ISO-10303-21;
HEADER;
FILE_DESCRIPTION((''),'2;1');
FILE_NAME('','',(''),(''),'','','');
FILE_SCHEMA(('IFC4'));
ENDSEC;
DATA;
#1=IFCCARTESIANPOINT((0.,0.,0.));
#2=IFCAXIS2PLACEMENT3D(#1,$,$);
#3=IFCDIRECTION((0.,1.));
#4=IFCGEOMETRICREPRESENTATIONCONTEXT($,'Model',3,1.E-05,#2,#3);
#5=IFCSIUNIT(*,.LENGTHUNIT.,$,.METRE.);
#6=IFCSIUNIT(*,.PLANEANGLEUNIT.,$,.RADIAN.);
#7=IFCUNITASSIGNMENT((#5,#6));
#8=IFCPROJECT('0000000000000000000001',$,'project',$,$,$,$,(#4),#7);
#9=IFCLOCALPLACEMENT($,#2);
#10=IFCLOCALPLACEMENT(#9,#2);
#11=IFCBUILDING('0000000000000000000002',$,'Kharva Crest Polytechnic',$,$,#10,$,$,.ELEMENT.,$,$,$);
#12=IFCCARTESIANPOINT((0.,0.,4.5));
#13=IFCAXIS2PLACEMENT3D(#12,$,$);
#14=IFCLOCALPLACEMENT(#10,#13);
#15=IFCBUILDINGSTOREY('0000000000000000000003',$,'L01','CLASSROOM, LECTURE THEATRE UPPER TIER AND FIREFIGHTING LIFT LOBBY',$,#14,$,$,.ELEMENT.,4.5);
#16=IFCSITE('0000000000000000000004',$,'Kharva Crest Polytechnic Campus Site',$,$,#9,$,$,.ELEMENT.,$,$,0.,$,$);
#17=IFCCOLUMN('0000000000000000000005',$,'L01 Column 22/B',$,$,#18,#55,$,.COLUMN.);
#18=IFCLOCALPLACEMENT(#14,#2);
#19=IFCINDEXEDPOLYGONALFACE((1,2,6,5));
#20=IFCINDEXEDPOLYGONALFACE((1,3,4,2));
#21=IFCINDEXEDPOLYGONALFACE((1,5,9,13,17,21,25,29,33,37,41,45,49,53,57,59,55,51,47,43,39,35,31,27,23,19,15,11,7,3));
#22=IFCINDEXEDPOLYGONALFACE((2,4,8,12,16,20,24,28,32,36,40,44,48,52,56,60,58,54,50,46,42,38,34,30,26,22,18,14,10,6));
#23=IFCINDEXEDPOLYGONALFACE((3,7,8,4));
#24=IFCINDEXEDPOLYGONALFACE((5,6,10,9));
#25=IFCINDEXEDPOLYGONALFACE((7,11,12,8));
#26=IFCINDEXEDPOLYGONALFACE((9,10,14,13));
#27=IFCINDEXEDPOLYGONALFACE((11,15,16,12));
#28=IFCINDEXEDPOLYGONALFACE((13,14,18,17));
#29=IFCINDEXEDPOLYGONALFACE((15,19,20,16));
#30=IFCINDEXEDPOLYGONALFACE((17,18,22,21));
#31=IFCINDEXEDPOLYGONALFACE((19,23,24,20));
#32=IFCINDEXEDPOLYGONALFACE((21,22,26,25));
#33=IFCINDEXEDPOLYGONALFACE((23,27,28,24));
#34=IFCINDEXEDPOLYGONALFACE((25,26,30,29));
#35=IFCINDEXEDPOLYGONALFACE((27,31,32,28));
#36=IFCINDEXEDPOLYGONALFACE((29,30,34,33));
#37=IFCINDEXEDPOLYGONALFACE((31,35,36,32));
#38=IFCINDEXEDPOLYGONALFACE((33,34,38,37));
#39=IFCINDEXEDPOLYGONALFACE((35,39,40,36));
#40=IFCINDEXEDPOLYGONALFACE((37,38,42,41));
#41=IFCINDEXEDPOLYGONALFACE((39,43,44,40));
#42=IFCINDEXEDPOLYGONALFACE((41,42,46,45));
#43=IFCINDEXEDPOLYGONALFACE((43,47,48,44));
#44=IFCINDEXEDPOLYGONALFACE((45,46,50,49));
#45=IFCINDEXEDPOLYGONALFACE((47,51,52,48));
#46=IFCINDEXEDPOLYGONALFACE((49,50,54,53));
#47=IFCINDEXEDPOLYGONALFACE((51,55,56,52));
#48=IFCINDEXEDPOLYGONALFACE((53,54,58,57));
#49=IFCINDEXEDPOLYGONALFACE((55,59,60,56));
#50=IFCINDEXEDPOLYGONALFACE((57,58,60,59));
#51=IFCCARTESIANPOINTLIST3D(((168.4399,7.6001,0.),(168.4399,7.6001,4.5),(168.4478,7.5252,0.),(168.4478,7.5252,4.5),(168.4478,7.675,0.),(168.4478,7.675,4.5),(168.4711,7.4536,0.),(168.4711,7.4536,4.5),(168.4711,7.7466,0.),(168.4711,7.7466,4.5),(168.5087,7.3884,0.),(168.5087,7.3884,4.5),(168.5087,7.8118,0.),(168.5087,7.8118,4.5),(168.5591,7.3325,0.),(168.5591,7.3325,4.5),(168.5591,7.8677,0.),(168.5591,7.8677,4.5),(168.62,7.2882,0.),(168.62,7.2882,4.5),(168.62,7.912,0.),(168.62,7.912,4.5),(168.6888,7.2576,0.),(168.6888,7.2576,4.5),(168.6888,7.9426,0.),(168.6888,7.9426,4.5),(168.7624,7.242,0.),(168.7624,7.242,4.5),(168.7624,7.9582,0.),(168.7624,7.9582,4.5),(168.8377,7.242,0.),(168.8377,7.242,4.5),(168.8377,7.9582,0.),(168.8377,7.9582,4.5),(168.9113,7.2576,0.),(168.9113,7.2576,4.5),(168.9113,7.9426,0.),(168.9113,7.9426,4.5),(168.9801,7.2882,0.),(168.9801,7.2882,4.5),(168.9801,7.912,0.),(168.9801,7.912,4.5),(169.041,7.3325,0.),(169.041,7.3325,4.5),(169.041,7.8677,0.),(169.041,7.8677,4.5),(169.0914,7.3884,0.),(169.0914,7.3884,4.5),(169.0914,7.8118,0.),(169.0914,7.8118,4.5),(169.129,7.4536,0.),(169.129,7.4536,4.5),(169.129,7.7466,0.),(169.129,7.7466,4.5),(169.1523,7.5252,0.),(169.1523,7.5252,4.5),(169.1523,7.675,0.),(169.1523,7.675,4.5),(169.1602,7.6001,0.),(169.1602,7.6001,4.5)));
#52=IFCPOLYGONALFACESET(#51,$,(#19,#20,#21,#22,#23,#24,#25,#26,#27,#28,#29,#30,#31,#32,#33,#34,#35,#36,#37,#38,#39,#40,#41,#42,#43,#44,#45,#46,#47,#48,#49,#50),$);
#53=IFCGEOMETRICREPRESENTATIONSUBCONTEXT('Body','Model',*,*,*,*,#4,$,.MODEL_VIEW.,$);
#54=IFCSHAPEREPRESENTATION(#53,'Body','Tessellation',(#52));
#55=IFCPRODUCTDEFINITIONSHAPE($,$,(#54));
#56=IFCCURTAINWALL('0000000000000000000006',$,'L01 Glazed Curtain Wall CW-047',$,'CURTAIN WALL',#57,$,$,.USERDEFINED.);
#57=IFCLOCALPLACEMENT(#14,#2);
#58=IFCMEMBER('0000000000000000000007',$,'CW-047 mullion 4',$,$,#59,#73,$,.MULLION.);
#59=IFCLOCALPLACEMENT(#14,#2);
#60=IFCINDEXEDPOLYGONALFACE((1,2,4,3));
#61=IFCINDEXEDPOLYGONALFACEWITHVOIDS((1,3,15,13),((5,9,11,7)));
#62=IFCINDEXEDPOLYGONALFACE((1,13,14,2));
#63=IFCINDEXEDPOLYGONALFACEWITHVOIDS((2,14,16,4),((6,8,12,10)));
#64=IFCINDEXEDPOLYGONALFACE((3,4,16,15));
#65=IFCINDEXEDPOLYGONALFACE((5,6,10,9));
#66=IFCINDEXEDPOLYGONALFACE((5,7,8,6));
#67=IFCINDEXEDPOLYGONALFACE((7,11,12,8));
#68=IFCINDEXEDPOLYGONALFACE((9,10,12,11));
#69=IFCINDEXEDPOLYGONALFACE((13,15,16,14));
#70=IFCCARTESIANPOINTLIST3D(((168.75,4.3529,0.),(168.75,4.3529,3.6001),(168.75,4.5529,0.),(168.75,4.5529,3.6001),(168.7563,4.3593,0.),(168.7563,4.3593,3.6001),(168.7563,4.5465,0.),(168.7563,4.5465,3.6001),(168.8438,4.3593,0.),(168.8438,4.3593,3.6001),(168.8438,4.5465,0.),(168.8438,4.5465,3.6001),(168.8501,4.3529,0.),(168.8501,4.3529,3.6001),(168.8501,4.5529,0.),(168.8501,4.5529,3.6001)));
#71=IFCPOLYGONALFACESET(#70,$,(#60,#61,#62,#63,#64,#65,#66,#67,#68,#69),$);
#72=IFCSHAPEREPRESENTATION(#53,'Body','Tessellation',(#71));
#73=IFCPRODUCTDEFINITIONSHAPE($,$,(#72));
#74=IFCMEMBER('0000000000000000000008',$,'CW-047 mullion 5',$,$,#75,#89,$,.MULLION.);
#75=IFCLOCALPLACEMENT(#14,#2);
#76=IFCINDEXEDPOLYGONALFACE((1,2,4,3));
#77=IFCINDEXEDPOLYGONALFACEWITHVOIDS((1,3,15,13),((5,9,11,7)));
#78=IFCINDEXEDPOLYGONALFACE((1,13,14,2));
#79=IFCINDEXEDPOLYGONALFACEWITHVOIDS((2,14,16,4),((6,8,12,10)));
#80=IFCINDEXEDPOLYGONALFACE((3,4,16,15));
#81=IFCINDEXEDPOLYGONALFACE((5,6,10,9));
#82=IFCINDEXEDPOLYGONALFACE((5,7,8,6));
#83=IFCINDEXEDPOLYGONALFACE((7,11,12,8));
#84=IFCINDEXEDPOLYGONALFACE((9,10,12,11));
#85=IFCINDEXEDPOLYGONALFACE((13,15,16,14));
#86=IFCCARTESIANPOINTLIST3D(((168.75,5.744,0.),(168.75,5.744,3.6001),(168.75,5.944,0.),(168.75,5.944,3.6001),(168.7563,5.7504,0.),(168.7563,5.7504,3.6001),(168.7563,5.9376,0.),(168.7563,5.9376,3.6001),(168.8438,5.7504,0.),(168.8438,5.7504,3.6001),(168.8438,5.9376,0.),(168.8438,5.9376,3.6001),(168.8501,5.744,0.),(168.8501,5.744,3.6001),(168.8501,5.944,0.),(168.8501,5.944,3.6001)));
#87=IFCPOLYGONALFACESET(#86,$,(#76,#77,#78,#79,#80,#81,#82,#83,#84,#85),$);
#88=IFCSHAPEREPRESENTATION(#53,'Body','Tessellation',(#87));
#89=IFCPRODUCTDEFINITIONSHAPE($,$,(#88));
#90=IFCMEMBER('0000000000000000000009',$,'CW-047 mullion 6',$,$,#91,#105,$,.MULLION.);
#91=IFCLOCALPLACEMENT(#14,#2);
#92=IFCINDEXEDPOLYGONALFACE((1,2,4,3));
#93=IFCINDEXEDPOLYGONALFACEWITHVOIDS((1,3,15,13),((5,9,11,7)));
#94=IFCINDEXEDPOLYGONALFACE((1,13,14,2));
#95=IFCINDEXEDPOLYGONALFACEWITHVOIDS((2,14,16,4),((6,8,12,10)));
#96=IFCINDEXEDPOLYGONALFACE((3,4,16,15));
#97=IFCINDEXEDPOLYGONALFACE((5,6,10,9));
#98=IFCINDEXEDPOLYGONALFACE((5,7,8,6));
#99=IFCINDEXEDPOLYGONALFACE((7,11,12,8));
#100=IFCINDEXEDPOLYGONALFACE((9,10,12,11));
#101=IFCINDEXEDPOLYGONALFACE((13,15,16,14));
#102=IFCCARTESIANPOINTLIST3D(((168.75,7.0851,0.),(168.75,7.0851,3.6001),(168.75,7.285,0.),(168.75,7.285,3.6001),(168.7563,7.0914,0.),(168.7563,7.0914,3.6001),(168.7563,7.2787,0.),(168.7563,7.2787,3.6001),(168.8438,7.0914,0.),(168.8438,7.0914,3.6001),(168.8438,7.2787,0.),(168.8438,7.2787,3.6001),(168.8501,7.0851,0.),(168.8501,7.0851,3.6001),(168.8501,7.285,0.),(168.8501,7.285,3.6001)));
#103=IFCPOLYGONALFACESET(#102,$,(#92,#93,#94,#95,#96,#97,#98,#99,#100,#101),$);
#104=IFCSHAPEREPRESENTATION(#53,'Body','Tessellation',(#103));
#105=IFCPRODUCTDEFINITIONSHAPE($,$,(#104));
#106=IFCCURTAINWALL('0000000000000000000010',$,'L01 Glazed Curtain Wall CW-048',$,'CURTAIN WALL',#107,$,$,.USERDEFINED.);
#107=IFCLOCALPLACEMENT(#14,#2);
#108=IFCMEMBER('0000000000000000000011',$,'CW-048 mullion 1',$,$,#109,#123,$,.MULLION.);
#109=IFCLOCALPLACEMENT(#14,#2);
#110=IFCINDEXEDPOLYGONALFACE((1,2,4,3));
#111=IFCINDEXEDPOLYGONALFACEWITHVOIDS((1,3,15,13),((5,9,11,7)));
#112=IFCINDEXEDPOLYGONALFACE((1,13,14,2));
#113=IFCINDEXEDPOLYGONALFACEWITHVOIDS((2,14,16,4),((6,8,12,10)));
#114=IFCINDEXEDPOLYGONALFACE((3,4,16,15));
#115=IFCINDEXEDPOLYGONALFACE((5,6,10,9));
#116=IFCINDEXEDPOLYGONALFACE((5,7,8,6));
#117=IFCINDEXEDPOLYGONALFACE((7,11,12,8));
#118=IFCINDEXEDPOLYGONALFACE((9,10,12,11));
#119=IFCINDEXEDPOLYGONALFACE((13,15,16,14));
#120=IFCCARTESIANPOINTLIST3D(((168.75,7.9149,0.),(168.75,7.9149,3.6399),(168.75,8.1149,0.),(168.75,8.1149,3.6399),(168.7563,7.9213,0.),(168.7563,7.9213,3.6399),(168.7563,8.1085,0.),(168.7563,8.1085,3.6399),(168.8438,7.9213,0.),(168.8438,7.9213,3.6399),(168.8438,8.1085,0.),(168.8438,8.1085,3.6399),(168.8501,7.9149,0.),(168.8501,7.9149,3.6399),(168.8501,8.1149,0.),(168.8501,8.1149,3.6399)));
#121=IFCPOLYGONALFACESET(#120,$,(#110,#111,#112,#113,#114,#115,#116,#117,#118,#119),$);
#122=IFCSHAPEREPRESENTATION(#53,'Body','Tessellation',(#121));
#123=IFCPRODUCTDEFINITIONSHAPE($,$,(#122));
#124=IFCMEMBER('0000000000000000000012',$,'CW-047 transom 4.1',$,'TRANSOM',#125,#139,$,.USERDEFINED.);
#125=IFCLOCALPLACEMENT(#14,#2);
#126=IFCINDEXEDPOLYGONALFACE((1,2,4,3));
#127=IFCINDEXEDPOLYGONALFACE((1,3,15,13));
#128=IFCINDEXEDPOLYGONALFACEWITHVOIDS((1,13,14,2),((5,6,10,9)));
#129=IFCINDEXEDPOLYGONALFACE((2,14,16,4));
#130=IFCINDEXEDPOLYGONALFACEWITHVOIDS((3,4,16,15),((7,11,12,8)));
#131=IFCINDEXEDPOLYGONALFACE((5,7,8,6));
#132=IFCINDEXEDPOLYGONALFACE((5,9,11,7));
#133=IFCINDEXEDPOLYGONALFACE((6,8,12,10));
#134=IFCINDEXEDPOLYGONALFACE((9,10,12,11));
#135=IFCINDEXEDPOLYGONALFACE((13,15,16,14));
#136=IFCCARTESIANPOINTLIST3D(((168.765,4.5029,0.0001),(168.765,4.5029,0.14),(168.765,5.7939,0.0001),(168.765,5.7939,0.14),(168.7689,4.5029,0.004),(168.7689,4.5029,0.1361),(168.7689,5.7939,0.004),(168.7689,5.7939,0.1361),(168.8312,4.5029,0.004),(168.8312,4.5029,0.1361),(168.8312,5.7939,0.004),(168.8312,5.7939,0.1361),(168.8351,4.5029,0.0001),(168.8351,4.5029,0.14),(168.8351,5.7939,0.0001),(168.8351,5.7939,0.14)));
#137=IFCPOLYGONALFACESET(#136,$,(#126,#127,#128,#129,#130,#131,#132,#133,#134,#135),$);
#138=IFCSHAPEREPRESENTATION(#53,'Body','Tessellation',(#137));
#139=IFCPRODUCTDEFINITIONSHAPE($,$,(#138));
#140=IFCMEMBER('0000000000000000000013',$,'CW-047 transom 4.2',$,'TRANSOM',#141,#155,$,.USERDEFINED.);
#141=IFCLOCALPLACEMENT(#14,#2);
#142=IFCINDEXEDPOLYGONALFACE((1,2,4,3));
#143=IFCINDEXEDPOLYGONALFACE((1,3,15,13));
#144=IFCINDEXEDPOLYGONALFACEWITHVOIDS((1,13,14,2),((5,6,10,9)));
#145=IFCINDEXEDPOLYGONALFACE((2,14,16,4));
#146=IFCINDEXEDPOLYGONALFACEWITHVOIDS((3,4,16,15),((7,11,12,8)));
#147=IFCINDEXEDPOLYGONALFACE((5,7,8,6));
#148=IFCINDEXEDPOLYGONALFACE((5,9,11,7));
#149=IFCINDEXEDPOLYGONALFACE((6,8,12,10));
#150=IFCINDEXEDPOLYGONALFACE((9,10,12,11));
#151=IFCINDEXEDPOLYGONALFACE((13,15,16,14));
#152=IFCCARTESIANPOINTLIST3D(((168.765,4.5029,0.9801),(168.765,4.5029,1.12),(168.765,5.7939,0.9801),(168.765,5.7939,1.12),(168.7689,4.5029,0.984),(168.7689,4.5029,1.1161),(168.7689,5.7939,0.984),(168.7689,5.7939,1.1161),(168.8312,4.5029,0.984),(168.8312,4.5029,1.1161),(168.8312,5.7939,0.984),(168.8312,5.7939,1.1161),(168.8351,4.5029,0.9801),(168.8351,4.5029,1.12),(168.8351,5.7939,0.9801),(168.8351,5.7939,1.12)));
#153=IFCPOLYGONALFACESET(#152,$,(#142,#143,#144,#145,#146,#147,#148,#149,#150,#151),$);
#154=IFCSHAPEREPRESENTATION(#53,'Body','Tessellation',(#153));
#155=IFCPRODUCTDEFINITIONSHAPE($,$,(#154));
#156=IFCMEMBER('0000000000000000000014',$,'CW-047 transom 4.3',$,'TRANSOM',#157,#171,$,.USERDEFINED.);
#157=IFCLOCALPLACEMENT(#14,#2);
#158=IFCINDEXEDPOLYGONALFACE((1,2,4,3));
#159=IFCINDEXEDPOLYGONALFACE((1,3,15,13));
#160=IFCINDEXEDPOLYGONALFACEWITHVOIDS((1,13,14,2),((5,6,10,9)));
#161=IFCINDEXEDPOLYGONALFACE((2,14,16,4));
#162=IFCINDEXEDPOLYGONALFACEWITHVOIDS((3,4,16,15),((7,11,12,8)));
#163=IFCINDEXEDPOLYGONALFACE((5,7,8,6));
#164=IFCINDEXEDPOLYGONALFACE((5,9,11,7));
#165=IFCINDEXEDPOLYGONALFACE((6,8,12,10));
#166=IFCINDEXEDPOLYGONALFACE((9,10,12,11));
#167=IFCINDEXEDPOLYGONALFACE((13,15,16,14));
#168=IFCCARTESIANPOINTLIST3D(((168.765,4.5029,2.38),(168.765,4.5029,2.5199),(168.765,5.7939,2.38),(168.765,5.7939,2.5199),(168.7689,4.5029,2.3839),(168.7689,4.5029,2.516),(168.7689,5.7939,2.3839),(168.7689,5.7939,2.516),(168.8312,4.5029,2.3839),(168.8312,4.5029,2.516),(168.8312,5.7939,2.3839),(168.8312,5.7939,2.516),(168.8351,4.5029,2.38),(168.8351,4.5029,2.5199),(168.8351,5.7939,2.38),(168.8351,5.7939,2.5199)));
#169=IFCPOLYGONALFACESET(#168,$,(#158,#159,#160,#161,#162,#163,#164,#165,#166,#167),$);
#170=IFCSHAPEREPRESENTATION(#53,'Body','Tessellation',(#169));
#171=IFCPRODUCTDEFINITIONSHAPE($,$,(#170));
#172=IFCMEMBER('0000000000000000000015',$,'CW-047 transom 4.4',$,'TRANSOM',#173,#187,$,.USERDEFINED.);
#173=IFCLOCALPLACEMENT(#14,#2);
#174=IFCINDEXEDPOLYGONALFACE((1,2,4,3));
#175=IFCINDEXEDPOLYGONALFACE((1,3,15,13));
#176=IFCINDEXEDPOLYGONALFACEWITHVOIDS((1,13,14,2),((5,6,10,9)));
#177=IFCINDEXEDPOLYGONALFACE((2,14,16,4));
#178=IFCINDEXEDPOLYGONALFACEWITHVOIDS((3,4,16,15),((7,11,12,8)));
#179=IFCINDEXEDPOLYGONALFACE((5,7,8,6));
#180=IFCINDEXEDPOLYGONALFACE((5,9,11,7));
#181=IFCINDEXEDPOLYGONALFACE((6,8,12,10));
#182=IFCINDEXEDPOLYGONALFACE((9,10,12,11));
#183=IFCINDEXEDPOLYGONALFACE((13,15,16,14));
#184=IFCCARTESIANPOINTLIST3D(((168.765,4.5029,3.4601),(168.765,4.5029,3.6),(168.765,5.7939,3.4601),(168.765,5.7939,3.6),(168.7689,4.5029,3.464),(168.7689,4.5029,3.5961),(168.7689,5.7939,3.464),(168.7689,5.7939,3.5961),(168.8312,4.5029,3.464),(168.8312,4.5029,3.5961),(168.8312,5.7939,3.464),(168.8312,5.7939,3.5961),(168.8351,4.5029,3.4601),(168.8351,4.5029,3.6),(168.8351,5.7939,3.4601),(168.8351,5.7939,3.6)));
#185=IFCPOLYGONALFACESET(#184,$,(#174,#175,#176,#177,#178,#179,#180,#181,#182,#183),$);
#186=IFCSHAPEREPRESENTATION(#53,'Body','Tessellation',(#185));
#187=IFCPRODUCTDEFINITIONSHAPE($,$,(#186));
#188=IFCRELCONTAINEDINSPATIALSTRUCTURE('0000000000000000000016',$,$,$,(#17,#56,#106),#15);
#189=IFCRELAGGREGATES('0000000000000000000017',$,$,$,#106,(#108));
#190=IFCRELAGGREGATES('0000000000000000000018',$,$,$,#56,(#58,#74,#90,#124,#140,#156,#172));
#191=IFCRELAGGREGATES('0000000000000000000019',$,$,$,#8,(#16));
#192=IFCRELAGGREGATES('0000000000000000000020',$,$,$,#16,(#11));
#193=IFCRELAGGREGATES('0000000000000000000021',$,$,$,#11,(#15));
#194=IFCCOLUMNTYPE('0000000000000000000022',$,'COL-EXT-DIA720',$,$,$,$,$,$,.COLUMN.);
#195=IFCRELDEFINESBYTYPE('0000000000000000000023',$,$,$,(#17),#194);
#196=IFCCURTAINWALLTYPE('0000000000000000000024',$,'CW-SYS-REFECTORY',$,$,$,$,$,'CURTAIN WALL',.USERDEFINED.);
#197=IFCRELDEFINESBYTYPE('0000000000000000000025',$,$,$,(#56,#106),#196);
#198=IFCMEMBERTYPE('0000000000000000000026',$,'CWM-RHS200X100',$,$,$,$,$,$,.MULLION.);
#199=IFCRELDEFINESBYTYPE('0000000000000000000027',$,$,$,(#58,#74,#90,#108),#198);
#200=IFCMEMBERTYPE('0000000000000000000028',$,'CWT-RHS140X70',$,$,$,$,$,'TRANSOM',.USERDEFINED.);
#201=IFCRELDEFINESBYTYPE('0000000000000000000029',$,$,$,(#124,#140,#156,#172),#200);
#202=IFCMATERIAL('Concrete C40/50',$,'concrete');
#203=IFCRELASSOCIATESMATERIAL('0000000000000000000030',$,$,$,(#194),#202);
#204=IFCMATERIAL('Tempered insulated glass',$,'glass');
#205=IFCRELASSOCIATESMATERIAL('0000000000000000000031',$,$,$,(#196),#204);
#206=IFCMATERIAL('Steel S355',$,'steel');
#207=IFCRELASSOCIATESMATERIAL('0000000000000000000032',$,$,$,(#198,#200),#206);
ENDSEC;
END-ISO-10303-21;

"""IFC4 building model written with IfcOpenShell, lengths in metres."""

from ifc_helpers import new_model, si_unit, direction, frame, origin, origin_2d, place, context, subcontext, project, spatial, hollow_rectangle, circle, extrude, material, material_profile, profile_set, type_object, element, aggregate, save


model = new_model("IFC4")

# Units and contexts
model_context = context("Model", 3, precision=1e-05, world=origin(), true_north=direction((0.0, 1.0)))
body_context = subcontext(model_context, "Body", "Model", "MODEL_VIEW")
ifc_project = project(units=[si_unit("LENGTHUNIT", "METRE"), si_unit("PLANEANGLEUNIT", "RADIAN")], contexts=[model_context])

# Site, building, storey
site_placement = place(None, origin())
site = spatial("IfcSite", under=ifc_project, at=site_placement, Name="Kharva Crest Polytechnic Campus Site", CompositionType="ELEMENT", RefElevation=0.0)
building_placement = place(site_placement, origin())
building = spatial("IfcBuilding", under=site, at=building_placement, Name="Kharva Crest Polytechnic", CompositionType="ELEMENT")
storey_placement = place(building_placement, frame((0.0, 0.0, 4.5)))
storey = spatial("IfcBuildingStorey", under=building, at=storey_placement, Name="L01", Description="CLASSROOM, LECTURE THEATRE UPPER TIER AND FIREFIGHTING LIFT LOBBY", CompositionType="ELEMENT", Elevation=4.5)

# Column
ifc_material_1 = material(Name="Concrete C40/50", Category="concrete")
ifc_material_profile_1 = material_profile(ifc_material_1, circle(Radius=0.3601, at=origin_2d()), Name="DIA 720")
ifc_profile_set_1 = profile_set([ifc_material_profile_1], Name="Concrete C40/50")
column_type = type_object("IfcColumnType", Name="COL-EXT-DIA720", PredefinedType="COLUMN", material=ifc_profile_set_1)
column_placement = place(storey_placement, frame((168.8, 7.6001, 0.0), z_axis=(0.0, 0.0, 1.0), x_axis=(1.0, 0.0, 0.0)))
element("IfcColumn", 1, at=column_placement, inside=storey, type_object=column_type, Name="L01 Column 22/B", PredefinedType="COLUMN", context=body_context, shape_type="SweptSolid", body=[
    extrude(circle(Radius=0.3601, at=origin_2d()), origin(), (0.0, 0.0, 1.0), 4.5),
])

# Curtain wall, members
ifc_material_2 = material(Name="Tempered insulated glass", Category="glass")
curtain_wall_type = type_object("IfcCurtainWallType", Name="CW-SYS-REFECTORY", ElementType="CURTAIN WALL", PredefinedType="USERDEFINED", material=ifc_material_2)
curtain_wall_1_placement = place(storey_placement, origin())
curtain_wall_1 = element("IfcCurtainWall", 2, at=curtain_wall_1_placement, inside=storey, type_object=curtain_wall_type, Name="L01 Glazed Curtain Wall CW-047", ObjectType="CURTAIN WALL", PredefinedType="USERDEFINED")
ifc_material_3 = material(Name="Steel S355", Category="steel")
ifc_material_profile_2 = material_profile(ifc_material_3, hollow_rectangle(XDim=0.1001, YDim=0.2, WallThickness=0.0063, at=origin_2d()), Name="RHS 200X100X6.3")
ifc_profile_set_2 = profile_set([ifc_material_profile_2], Name="Steel S355")
member_type_1 = type_object("IfcMemberType", Name="CWM-RHS200X100", PredefinedType="MULLION", material=ifc_profile_set_2)
member_1_placement = place(storey_placement, frame((168.8, 4.4529, 0.0), z_axis=(0.0, 0.0, 1.0), x_axis=(-1.0, 0.0, 0.0)))
member_1 = element("IfcMember", 3, at=member_1_placement, type_object=member_type_1, Name="CW-047 mullion 4", PredefinedType="MULLION", context=body_context, shape_type="SweptSolid", body=[
    extrude(hollow_rectangle(XDim=0.1001, YDim=0.2, WallThickness=0.0063, at=origin_2d()), origin(), (0.0, 0.0, 1.0), 3.6001),
])
member_2_placement = place(storey_placement, frame((168.8, 5.844, 0.0), z_axis=(0.0, 0.0, 1.0), x_axis=(-1.0, 0.0, 0.0)))
member_2 = element("IfcMember", 4, at=member_2_placement, type_object=member_type_1, Name="CW-047 mullion 5", PredefinedType="MULLION", context=body_context, shape_type="SweptSolid", body=[
    extrude(hollow_rectangle(XDim=0.1001, YDim=0.2, WallThickness=0.0063, at=origin_2d()), origin(), (0.0, 0.0, 1.0), 3.6001),
])
member_3_placement = place(storey_placement, frame((168.8, 7.1851, 0.0), z_axis=(0.0, 0.0, 1.0), x_axis=(-1.0, 0.0, 0.0)))
member_3 = element("IfcMember", 5, at=member_3_placement, type_object=member_type_1, Name="CW-047 mullion 6", PredefinedType="MULLION", context=body_context, shape_type="SweptSolid", body=[
    extrude(hollow_rectangle(XDim=0.1001, YDim=0.2, WallThickness=0.0063, at=origin_2d()), origin(), (0.0, 0.0, 1.0), 3.6001),
])

# Curtain wall, member
curtain_wall_2_placement = place(storey_placement, origin())
curtain_wall_2 = element("IfcCurtainWall", 6, at=curtain_wall_2_placement, inside=storey, type_object=curtain_wall_type, Name="L01 Glazed Curtain Wall CW-048", ObjectType="CURTAIN WALL", PredefinedType="USERDEFINED")
member_4_placement = place(storey_placement, frame((168.8, 8.0149, 0.0), z_axis=(0.0, 0.0, 1.0), x_axis=(-1.0, 0.0, 0.0)))
member_4 = element("IfcMember", 7, at=member_4_placement, type_object=member_type_1, Name="CW-048 mullion 1", PredefinedType="MULLION", context=body_context, shape_type="SweptSolid", body=[
    extrude(hollow_rectangle(XDim=0.1001, YDim=0.2, WallThickness=0.0063, at=origin_2d()), origin(), (0.0, 0.0, 1.0), 3.6399),
])

# Members
ifc_material_profile_3 = material_profile(ifc_material_3, hollow_rectangle(XDim=0.0701, YDim=0.1399, WallThickness=0.0039, at=origin_2d()), Name="RHS 140X70X4.0")
ifc_profile_set_3 = profile_set([ifc_material_profile_3], Name="Steel S355")
member_type_2 = type_object("IfcMemberType", Name="CWT-RHS140X70", ElementType="TRANSOM", PredefinedType="USERDEFINED", material=ifc_profile_set_3)
member_5_placement = place(storey_placement, frame((168.8, 4.5029, 0.0701), z_axis=(0.0, 1.0, 0.0), x_axis=(-1.0, 0.0, 0.0)))
member_5 = element("IfcMember", 8, at=member_5_placement, type_object=member_type_2, Name="CW-047 transom 4.1", ObjectType="TRANSOM", PredefinedType="USERDEFINED", context=body_context, shape_type="SweptSolid", body=[
    extrude(hollow_rectangle(XDim=0.0701, YDim=0.1399, WallThickness=0.0039, at=origin_2d()), origin(), (0.0, 0.0, 1.0), 1.291),
])
member_6_placement = place(storey_placement, frame((168.8, 4.5029, 1.05), z_axis=(0.0, 1.0, 0.0), x_axis=(-1.0, 0.0, 0.0)))
member_6 = element("IfcMember", 9, at=member_6_placement, type_object=member_type_2, Name="CW-047 transom 4.2", ObjectType="TRANSOM", PredefinedType="USERDEFINED", context=body_context, shape_type="SweptSolid", body=[
    extrude(hollow_rectangle(XDim=0.0701, YDim=0.1399, WallThickness=0.0039, at=origin_2d()), origin(), (0.0, 0.0, 1.0), 1.291),
])
member_7_placement = place(storey_placement, frame((168.8, 4.5029, 2.45), z_axis=(0.0, 1.0, 0.0), x_axis=(-1.0, 0.0, 0.0)))
member_7 = element("IfcMember", 10, at=member_7_placement, type_object=member_type_2, Name="CW-047 transom 4.3", ObjectType="TRANSOM", PredefinedType="USERDEFINED", context=body_context, shape_type="SweptSolid", body=[
    extrude(hollow_rectangle(XDim=0.0701, YDim=0.1399, WallThickness=0.0039, at=origin_2d()), origin(), (0.0, 0.0, 1.0), 1.291),
])
member_8_placement = place(storey_placement, frame((168.8, 4.5029, 3.53), z_axis=(0.0, 1.0, 0.0), x_axis=(-1.0, 0.0, 0.0)))
member_8 = element("IfcMember", 11, at=member_8_placement, type_object=member_type_2, Name="CW-047 transom 4.4", ObjectType="TRANSOM", PredefinedType="USERDEFINED", context=body_context, shape_type="SweptSolid", body=[
    extrude(hollow_rectangle(XDim=0.0701, YDim=0.1399, WallThickness=0.0039, at=origin_2d()), origin(), (0.0, 0.0, 1.0), 1.291),
])
aggregate(curtain_wall_2, [member_4])

aggregate(curtain_wall_1, [member_1, member_2, member_3, member_5, member_6, member_7, member_8])

save(model, "model.ifc")
